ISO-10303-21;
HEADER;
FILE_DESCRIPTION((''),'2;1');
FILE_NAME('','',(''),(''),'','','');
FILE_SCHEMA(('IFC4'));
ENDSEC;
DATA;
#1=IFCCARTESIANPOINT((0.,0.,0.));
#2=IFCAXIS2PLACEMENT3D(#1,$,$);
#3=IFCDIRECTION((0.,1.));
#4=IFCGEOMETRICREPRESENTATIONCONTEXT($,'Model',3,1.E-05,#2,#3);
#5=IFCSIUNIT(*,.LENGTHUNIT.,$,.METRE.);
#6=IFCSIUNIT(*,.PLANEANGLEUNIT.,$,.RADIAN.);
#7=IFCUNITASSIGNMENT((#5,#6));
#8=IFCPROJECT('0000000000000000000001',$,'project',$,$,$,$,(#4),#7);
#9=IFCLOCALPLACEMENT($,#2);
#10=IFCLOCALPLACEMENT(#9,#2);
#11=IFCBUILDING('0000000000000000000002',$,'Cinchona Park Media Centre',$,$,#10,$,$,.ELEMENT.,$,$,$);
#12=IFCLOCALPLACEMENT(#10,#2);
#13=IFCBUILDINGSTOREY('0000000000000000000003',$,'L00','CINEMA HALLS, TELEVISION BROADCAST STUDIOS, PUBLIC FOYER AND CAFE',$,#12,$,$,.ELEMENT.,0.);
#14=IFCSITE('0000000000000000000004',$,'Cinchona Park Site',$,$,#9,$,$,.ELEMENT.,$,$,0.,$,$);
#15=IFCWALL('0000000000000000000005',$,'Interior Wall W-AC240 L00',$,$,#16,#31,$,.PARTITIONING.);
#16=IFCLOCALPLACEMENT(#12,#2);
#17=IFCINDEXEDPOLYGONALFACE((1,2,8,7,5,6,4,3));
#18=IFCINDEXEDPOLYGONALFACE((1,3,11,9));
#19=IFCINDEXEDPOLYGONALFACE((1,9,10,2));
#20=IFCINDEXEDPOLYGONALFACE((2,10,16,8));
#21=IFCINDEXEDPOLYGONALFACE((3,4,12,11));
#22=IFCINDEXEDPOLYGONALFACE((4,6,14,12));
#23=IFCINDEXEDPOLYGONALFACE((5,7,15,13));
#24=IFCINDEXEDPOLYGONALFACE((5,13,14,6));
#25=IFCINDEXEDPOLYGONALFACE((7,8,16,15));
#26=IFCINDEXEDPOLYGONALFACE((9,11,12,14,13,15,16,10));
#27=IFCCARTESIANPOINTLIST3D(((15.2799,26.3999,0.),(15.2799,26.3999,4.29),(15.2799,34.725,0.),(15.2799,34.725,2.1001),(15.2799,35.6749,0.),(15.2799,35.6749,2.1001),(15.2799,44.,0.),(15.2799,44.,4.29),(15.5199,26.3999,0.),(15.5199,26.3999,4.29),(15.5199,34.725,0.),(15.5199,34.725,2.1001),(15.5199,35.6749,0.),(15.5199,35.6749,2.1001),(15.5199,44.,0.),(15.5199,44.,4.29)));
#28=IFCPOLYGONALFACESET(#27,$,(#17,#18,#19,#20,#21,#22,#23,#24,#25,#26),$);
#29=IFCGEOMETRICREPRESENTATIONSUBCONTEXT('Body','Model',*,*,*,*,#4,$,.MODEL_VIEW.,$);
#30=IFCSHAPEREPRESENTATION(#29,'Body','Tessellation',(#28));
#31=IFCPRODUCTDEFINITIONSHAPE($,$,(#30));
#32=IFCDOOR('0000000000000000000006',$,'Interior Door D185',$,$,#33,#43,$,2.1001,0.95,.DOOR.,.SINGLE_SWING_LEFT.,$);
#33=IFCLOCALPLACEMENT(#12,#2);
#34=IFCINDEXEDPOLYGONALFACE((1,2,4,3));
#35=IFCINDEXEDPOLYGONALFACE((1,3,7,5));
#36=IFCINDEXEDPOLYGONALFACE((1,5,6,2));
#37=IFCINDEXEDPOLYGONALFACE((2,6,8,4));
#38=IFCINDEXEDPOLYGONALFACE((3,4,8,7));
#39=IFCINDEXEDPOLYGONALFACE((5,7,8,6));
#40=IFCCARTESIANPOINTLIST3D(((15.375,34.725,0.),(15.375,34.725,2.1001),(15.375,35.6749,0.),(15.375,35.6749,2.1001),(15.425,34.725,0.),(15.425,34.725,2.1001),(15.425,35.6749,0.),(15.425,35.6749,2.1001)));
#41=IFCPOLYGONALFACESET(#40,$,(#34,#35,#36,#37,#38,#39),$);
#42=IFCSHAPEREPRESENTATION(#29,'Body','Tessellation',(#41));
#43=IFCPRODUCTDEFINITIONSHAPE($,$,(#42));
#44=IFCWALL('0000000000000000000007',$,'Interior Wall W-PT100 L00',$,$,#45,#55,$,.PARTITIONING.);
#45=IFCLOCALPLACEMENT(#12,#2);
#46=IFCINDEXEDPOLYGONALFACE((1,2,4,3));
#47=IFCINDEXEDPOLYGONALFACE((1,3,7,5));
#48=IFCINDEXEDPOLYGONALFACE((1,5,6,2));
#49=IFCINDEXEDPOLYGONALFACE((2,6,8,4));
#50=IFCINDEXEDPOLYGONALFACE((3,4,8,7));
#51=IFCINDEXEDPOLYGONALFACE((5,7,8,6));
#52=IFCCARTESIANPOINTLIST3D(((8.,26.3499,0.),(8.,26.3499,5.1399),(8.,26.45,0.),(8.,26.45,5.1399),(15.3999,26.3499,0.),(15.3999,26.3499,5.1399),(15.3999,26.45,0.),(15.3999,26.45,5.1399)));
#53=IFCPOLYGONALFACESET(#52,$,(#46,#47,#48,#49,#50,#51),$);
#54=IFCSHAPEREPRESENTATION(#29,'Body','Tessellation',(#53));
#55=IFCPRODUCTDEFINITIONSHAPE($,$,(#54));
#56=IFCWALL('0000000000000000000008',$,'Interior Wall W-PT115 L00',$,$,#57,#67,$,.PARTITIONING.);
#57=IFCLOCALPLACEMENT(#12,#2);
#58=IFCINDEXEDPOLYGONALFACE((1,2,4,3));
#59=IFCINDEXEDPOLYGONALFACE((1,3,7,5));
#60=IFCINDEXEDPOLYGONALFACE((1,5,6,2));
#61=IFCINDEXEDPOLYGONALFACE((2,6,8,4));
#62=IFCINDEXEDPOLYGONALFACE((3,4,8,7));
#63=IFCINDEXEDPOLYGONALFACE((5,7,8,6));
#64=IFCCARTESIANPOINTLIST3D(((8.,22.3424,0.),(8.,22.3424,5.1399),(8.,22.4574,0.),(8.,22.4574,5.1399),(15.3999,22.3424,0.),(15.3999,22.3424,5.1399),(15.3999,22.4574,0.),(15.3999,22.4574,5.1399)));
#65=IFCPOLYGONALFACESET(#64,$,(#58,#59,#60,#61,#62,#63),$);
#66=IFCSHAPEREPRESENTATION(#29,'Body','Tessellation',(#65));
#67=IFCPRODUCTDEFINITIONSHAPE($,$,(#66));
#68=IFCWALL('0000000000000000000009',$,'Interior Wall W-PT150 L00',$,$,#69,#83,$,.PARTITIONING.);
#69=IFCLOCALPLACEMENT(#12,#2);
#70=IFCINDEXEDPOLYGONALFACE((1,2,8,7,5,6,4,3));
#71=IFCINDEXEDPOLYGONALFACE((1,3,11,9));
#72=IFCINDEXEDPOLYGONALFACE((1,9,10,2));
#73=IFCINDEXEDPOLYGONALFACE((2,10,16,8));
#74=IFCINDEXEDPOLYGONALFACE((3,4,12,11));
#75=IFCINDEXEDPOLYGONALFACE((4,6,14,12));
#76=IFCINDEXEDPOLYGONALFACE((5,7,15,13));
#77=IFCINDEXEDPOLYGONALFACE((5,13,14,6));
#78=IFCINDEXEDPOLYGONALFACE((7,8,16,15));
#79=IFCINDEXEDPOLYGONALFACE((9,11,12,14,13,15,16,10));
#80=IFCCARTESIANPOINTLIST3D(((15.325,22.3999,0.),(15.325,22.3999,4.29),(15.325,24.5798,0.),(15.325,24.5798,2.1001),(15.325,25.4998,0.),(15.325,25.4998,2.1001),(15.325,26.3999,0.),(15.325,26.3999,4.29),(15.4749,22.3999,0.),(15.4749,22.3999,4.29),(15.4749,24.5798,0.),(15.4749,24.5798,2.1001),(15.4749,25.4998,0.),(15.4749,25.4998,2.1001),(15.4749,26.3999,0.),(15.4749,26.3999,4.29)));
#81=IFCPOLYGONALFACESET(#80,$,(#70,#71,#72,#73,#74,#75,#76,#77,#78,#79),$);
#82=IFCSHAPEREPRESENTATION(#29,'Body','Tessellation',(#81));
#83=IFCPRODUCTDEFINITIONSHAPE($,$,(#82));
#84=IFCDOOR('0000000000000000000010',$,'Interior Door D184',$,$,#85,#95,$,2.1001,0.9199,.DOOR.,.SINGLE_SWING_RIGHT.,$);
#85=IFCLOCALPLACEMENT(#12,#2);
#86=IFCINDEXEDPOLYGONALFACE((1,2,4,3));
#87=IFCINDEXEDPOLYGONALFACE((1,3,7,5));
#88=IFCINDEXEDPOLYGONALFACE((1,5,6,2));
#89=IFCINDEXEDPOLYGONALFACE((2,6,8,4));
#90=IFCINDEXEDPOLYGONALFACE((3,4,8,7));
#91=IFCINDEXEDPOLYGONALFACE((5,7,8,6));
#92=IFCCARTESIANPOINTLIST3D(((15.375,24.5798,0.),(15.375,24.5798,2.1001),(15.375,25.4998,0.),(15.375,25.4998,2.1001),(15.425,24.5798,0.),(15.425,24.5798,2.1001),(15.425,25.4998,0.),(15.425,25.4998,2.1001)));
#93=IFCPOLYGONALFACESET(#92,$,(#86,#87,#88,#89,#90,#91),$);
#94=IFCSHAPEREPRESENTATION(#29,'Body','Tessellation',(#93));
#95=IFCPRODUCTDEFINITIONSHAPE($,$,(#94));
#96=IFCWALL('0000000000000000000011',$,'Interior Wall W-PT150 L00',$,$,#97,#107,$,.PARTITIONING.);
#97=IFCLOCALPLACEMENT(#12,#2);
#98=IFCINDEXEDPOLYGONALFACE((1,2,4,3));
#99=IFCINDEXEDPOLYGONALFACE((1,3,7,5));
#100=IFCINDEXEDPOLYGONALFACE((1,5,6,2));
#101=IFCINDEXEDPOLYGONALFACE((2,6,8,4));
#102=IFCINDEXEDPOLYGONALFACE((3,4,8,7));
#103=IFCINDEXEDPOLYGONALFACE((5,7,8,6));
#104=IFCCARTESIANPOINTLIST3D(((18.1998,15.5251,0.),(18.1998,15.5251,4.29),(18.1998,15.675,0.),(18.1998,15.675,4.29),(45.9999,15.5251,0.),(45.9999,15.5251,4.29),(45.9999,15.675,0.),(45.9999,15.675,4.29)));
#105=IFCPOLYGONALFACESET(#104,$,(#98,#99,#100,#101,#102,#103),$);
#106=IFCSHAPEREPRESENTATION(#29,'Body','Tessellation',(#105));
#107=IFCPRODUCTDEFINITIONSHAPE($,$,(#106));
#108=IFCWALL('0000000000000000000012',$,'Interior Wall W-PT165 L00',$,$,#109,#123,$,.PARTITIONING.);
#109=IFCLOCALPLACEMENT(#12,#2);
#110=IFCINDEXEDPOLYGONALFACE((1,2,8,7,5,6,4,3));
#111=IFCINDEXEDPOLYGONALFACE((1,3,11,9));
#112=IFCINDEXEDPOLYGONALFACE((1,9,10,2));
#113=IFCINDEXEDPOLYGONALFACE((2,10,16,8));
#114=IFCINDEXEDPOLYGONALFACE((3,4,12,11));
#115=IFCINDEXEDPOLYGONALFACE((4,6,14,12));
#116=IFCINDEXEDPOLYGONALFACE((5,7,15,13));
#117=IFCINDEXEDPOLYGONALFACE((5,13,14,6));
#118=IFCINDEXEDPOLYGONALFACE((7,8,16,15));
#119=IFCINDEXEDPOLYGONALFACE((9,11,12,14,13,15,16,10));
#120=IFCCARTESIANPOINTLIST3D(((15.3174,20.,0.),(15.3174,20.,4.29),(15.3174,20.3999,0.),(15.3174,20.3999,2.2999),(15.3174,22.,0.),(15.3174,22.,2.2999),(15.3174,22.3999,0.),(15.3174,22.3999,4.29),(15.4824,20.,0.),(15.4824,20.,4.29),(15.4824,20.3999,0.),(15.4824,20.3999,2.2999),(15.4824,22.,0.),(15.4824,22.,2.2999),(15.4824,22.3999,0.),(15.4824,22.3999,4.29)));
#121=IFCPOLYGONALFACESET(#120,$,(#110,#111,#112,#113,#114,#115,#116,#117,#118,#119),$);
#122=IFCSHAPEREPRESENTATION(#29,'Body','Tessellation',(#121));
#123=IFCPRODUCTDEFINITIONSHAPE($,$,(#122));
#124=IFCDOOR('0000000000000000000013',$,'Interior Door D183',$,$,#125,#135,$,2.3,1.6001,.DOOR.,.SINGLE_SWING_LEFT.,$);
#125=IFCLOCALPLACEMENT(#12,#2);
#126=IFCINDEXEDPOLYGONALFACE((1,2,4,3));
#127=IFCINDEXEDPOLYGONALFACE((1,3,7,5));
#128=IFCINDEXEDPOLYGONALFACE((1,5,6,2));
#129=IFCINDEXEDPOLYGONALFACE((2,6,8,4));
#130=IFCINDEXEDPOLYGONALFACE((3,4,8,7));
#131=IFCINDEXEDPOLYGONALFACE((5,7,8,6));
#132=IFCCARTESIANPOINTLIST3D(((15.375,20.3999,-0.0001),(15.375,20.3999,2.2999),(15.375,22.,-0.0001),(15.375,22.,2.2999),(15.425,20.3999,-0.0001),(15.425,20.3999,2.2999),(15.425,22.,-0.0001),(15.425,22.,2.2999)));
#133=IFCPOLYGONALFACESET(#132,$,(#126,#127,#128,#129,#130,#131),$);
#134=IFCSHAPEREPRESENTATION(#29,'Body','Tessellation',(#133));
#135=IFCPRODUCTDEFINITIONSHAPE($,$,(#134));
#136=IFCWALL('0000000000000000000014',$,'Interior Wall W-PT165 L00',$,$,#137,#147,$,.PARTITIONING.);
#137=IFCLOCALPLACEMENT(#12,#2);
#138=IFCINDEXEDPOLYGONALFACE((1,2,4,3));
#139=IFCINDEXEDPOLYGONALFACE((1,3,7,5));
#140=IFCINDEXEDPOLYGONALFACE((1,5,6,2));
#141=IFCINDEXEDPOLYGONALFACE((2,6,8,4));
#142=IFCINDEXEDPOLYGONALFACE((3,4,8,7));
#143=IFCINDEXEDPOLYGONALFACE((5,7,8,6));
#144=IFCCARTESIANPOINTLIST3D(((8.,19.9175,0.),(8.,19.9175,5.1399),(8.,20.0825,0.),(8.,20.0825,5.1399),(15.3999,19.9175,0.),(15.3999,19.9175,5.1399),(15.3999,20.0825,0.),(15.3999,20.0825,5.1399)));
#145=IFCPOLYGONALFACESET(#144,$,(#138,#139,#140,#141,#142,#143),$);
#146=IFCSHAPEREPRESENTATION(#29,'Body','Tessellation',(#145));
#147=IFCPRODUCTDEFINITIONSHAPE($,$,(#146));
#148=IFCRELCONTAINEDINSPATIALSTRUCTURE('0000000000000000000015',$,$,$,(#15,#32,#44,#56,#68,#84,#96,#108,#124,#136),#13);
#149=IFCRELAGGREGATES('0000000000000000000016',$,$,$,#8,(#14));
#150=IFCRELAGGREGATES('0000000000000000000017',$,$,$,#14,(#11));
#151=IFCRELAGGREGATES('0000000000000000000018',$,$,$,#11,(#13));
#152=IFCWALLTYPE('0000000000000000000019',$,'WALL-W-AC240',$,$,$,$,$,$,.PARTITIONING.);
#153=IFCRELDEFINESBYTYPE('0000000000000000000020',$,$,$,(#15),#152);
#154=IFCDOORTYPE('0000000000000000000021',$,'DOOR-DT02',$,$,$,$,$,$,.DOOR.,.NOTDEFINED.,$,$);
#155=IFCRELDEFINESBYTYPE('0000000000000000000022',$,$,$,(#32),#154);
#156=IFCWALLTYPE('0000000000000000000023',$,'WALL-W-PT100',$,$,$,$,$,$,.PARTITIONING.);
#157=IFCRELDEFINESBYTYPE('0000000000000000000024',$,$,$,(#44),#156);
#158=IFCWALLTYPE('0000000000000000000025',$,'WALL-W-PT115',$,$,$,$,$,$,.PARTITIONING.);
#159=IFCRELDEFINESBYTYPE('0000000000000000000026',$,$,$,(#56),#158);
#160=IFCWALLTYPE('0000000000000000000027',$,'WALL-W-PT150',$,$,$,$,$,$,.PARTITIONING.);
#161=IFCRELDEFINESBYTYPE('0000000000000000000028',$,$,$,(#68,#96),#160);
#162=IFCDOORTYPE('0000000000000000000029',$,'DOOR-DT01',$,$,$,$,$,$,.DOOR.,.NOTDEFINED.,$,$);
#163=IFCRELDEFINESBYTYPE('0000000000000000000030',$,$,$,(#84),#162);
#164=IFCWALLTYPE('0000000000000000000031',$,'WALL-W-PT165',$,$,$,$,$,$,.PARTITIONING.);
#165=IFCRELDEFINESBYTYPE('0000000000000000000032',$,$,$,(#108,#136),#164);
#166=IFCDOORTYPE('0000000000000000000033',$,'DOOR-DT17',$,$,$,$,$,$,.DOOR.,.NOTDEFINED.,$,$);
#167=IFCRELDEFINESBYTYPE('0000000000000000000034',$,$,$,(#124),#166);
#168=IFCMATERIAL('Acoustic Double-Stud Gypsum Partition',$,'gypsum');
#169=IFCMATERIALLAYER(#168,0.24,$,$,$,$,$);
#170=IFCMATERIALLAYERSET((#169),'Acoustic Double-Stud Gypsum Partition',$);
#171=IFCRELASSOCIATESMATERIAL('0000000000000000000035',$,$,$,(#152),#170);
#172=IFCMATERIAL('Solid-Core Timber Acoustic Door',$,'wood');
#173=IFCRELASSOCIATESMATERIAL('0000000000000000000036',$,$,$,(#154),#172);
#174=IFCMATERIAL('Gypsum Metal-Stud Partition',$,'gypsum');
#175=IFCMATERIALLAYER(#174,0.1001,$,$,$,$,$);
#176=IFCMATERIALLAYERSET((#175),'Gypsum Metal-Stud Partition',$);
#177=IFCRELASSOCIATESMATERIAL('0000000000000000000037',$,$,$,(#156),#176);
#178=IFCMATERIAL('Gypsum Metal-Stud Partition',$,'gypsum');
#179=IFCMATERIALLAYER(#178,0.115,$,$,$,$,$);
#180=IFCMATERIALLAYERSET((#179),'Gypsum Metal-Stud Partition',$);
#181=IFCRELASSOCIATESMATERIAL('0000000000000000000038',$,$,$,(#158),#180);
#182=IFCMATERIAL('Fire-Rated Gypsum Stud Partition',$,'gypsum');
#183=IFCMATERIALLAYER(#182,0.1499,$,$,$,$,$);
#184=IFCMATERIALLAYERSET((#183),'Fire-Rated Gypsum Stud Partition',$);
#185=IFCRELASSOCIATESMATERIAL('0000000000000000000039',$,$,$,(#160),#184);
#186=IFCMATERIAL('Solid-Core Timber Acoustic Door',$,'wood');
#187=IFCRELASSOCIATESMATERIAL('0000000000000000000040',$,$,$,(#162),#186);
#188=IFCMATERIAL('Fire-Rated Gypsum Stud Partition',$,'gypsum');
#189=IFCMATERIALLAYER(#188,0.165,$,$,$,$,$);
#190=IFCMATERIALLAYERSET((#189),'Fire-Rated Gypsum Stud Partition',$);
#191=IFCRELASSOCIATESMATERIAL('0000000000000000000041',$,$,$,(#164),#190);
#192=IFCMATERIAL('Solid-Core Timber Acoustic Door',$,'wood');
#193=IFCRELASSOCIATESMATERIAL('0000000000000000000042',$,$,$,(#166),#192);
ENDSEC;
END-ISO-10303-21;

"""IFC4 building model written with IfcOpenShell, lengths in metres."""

from ifc_helpers import new_model, si_unit, direction, frame, frame_2d, origin, place, context, subcontext, project, spatial, rectangle, extrude, material, layer, layer_set, type_object, element, fill, save


model = new_model("IFC4")

# Units and contexts
model_context = context("Model", 3, precision=1e-05, world=origin(), true_north=direction((0.0, 1.0)))
body_context = subcontext(model_context, "Body", "Model", "MODEL_VIEW")
ifc_project = project(units=[si_unit("LENGTHUNIT", "METRE"), si_unit("PLANEANGLEUNIT", "RADIAN")], contexts=[model_context])

# Site, building, storey
site_placement = place(None, origin())
site = spatial("IfcSite", under=ifc_project, at=site_placement, Name="Cinchona Park Site", CompositionType="ELEMENT", RefElevation=0.0)
building_placement = place(site_placement, origin())
building = spatial("IfcBuilding", under=site, at=building_placement, Name="Cinchona Park Media Centre", CompositionType="ELEMENT")
storey_placement = place(building_placement, origin())
storey = spatial("IfcBuildingStorey", under=building, at=storey_placement, Name="L00", Description="CINEMA HALLS, TELEVISION BROADCAST STUDIOS, PUBLIC FOYER AND CAFE", CompositionType="ELEMENT", Elevation=0.0)

# Wall, opening, door
ifc_material_1 = material(Name="Acoustic Double-Stud Gypsum Partition", Category="gypsum")
ifc_layer_1 = layer(ifc_material_1, 0.24)
ifc_layer_set_1 = layer_set([ifc_layer_1], Name="Acoustic Double-Stud Gypsum Partition")
wall_type_1 = type_object("IfcWallType", Name="WALL-W-AC240", PredefinedType="PARTITIONING", material=ifc_layer_set_1)
wall_1_placement = place(storey_placement, frame((15.3999, 26.3999, 0.0), z_axis=(0.0, 0.0, 1.0), x_axis=(0.0, 1.0, 0.0)))
wall_1 = element("IfcWall", 1, at=wall_1_placement, inside=storey, type_object=wall_type_1, Name="Interior Wall W-AC240 L00", PredefinedType="PARTITIONING", context=body_context, shape_type="SweptSolid", body=[
    extrude(rectangle(XDim=17.6001, YDim=0.24, at=frame_2d((8.8, 0.0))), origin(), (0.0, 0.0, 1.0), 4.29),
])
opening_1_placement = place(wall_1_placement, frame((8.325, 0.0, 0.0)))
opening_1 = element("IfcOpeningElement", 2, at=opening_1_placement, cuts=wall_1, PredefinedType="OPENING", context=body_context, shape_type="SweptSolid", body=[
    extrude(rectangle(XDim=0.95, YDim=2.1001, at=frame_2d((0.4751, 1.05))), frame((0.0, 0.1299, 0.0), z_axis=(0.0, -1.0, 0.0), x_axis=(1.0, 0.0, 0.0)), (0.0, 0.0, 1.0), 0.26),
])
ifc_material_2 = material(Name="Solid-Core Timber Acoustic Door", Category="wood")
door_type_1 = type_object("IfcDoorType", Name="DOOR-DT02", OperationType="NOTDEFINED", PredefinedType="DOOR", material=ifc_material_2)
door_1_placement = place(opening_1_placement, origin())
door_1 = element("IfcDoor", 3, at=door_1_placement, inside=storey, type_object=door_type_1, Name="Interior Door D185", OperationType="SINGLE_SWING_LEFT", OverallHeight=2.1001, OverallWidth=0.95, PredefinedType="DOOR", context=body_context, shape_type="SweptSolid", body=[
    extrude(rectangle(XDim=0.95, YDim=2.1001, at=frame_2d((0.4751, 1.05))), frame((0.0, 0.0249, 0.0), z_axis=(0.0, -1.0, 0.0), x_axis=(1.0, 0.0, 0.0)), (0.0, 0.0, 1.0), 0.05),
])
fill(opening_1, door_1)

# Walls
ifc_material_3 = material(Name="Gypsum Metal-Stud Partition", Category="gypsum")
ifc_layer_2 = layer(ifc_material_3, 0.1001)
ifc_layer_set_2 = layer_set([ifc_layer_2], Name="Gypsum Metal-Stud Partition")
wall_type_2 = type_object("IfcWallType", Name="WALL-W-PT100", PredefinedType="PARTITIONING", material=ifc_layer_set_2)
wall_2_placement = place(storey_placement, frame((8.0, 26.3999, 0.0), z_axis=(0.0, 0.0, 1.0), x_axis=(1.0, 0.0, 0.0)))
element("IfcWall", 4, at=wall_2_placement, inside=storey, type_object=wall_type_2, Name="Interior Wall W-PT100 L00", PredefinedType="PARTITIONING", context=body_context, shape_type="SweptSolid", body=[
    extrude(rectangle(XDim=7.3999, YDim=0.1001, at=frame_2d((3.7, 0.0))), origin(), (0.0, 0.0, 1.0), 5.1399),
])
ifc_material_4 = material(Name="Gypsum Metal-Stud Partition", Category="gypsum")
ifc_layer_3 = layer(ifc_material_4, 0.115)
ifc_layer_set_3 = layer_set([ifc_layer_3], Name="Gypsum Metal-Stud Partition")
wall_type_3 = type_object("IfcWallType", Name="WALL-W-PT115", PredefinedType="PARTITIONING", material=ifc_layer_set_3)
wall_3_placement = place(storey_placement, frame((8.0, 22.3999, 0.0), z_axis=(0.0, 0.0, 1.0), x_axis=(1.0, 0.0, 0.0)))
element("IfcWall", 5, at=wall_3_placement, inside=storey, type_object=wall_type_3, Name="Interior Wall W-PT115 L00", PredefinedType="PARTITIONING", context=body_context, shape_type="SweptSolid", body=[
    extrude(rectangle(XDim=7.3999, YDim=0.115, at=frame_2d((3.7, 0.0))), origin(), (0.0, 0.0, 1.0), 5.1399),
])

# Wall, opening, door
ifc_material_5 = material(Name="Fire-Rated Gypsum Stud Partition", Category="gypsum")
ifc_layer_4 = layer(ifc_material_5, 0.1499)
ifc_layer_set_4 = layer_set([ifc_layer_4], Name="Fire-Rated Gypsum Stud Partition")
wall_type_4 = type_object("IfcWallType", Name="WALL-W-PT150", PredefinedType="PARTITIONING", material=ifc_layer_set_4)
wall_4_placement = place(storey_placement, frame((15.3999, 22.3999, 0.0), z_axis=(0.0, 0.0, 1.0), x_axis=(0.0, 1.0, 0.0)))
wall_4 = element("IfcWall", 6, at=wall_4_placement, inside=storey, type_object=wall_type_4, Name="Interior Wall W-PT150 L00", PredefinedType="PARTITIONING", context=body_context, shape_type="SweptSolid", body=[
    extrude(rectangle(XDim=4.0, YDim=0.1499, at=frame_2d((2.0, 0.0))), origin(), (0.0, 0.0, 1.0), 4.29),
])
opening_2_placement = place(wall_4_placement, frame((2.1799, 0.0, 0.0)))
opening_2 = element("IfcOpeningElement", 7, at=opening_2_placement, cuts=wall_4, PredefinedType="OPENING", context=body_context, shape_type="SweptSolid", body=[
    extrude(rectangle(XDim=0.9199, YDim=2.1001, at=frame_2d((0.46, 1.05))), frame((0.0, 0.085, 0.0), z_axis=(0.0, -1.0, 0.0), x_axis=(1.0, 0.0, 0.0)), (0.0, 0.0, 1.0), 0.1699),
])
ifc_material_6 = material(Name="Solid-Core Timber Acoustic Door", Category="wood")
door_type_2 = type_object("IfcDoorType", Name="DOOR-DT01", OperationType="NOTDEFINED", PredefinedType="DOOR", material=ifc_material_6)
door_2_placement = place(opening_2_placement, origin())
door_2 = element("IfcDoor", 8, at=door_2_placement, inside=storey, type_object=door_type_2, Name="Interior Door D184", OperationType="SINGLE_SWING_RIGHT", OverallHeight=2.1001, OverallWidth=0.9199, PredefinedType="DOOR", context=body_context, shape_type="SweptSolid", body=[
    extrude(rectangle(XDim=0.9199, YDim=2.1001, at=frame_2d((0.46, 1.05))), frame((0.0, 0.0249, 0.0), z_axis=(0.0, -1.0, 0.0), x_axis=(1.0, 0.0, 0.0)), (0.0, 0.0, 1.0), 0.05),
])
fill(opening_2, door_2)

# Wall
wall_5_placement = place(storey_placement, frame((18.2, 15.6001, 0.0), z_axis=(0.0, 0.0, 1.0), x_axis=(1.0, 0.0, 0.0)))
element("IfcWall", 9, at=wall_5_placement, inside=storey, type_object=wall_type_4, Name="Interior Wall W-PT150 L00", PredefinedType="PARTITIONING", context=body_context, shape_type="SweptSolid", body=[
    extrude(rectangle(XDim=27.8, YDim=0.1499, at=frame_2d((13.8999, 0.0))), origin(), (0.0, 0.0, 1.0), 4.29),
])

# Wall, opening, door
ifc_material_7 = material(Name="Fire-Rated Gypsum Stud Partition", Category="gypsum")
ifc_layer_5 = layer(ifc_material_7, 0.165)
ifc_layer_set_5 = layer_set([ifc_layer_5], Name="Fire-Rated Gypsum Stud Partition")
wall_type_5 = type_object("IfcWallType", Name="WALL-W-PT165", PredefinedType="PARTITIONING", material=ifc_layer_set_5)
wall_6_placement = place(storey_placement, frame((15.3999, 20.0, 0.0), z_axis=(0.0, 0.0, 1.0), x_axis=(0.0, 1.0, 0.0)))
wall_6 = element("IfcWall", 10, at=wall_6_placement, inside=storey, type_object=wall_type_5, Name="Interior Wall W-PT165 L00", PredefinedType="PARTITIONING", context=body_context, shape_type="SweptSolid", body=[
    extrude(rectangle(XDim=2.3999, YDim=0.165, at=frame_2d((1.2, 0.0))), origin(), (0.0, 0.0, 1.0), 4.29),
])
opening_3_placement = place(wall_6_placement, frame((0.3999, 0.0, 0.0)))
opening_3 = element("IfcOpeningElement", 11, at=opening_3_placement, cuts=wall_6, PredefinedType="OPENING", context=body_context, shape_type="SweptSolid", body=[
    extrude(rectangle(XDim=1.6001, YDim=2.3, at=frame_2d((0.8, 1.1499))), frame((0.0, 0.0925, 0.0), z_axis=(0.0, -1.0, 0.0), x_axis=(1.0, 0.0, 0.0)), (0.0, 0.0, 1.0), 0.1851),
])
ifc_material_8 = material(Name="Solid-Core Timber Acoustic Door", Category="wood")
door_type_3 = type_object("IfcDoorType", Name="DOOR-DT17", OperationType="NOTDEFINED", PredefinedType="DOOR", material=ifc_material_8)
door_3_placement = place(opening_3_placement, origin())
door_3 = element("IfcDoor", 12, at=door_3_placement, inside=storey, type_object=door_type_3, Name="Interior Door D183", OperationType="SINGLE_SWING_LEFT", OverallHeight=2.3, OverallWidth=1.6001, PredefinedType="DOOR", context=body_context, shape_type="SweptSolid", body=[
    extrude(rectangle(XDim=1.6001, YDim=2.3, at=frame_2d((0.8, 1.1499))), frame((0.0, 0.0249, 0.0), z_axis=(0.0, -1.0, 0.0), x_axis=(1.0, 0.0, 0.0)), (0.0, 0.0, 1.0), 0.05),
])
fill(opening_3, door_3)

# Wall
wall_7_placement = place(storey_placement, frame((8.0, 20.0, 0.0), z_axis=(0.0, 0.0, 1.0), x_axis=(1.0, 0.0, 0.0)))
element("IfcWall", 13, at=wall_7_placement, inside=storey, type_object=wall_type_5, Name="Interior Wall W-PT165 L00", PredefinedType="PARTITIONING", context=body_context, shape_type="SweptSolid", body=[
    extrude(rectangle(XDim=7.3999, YDim=0.165, at=frame_2d((3.7, 0.0))), origin(), (0.0, 0.0, 1.0), 5.1399),
])

save(model, "model.ifc")
